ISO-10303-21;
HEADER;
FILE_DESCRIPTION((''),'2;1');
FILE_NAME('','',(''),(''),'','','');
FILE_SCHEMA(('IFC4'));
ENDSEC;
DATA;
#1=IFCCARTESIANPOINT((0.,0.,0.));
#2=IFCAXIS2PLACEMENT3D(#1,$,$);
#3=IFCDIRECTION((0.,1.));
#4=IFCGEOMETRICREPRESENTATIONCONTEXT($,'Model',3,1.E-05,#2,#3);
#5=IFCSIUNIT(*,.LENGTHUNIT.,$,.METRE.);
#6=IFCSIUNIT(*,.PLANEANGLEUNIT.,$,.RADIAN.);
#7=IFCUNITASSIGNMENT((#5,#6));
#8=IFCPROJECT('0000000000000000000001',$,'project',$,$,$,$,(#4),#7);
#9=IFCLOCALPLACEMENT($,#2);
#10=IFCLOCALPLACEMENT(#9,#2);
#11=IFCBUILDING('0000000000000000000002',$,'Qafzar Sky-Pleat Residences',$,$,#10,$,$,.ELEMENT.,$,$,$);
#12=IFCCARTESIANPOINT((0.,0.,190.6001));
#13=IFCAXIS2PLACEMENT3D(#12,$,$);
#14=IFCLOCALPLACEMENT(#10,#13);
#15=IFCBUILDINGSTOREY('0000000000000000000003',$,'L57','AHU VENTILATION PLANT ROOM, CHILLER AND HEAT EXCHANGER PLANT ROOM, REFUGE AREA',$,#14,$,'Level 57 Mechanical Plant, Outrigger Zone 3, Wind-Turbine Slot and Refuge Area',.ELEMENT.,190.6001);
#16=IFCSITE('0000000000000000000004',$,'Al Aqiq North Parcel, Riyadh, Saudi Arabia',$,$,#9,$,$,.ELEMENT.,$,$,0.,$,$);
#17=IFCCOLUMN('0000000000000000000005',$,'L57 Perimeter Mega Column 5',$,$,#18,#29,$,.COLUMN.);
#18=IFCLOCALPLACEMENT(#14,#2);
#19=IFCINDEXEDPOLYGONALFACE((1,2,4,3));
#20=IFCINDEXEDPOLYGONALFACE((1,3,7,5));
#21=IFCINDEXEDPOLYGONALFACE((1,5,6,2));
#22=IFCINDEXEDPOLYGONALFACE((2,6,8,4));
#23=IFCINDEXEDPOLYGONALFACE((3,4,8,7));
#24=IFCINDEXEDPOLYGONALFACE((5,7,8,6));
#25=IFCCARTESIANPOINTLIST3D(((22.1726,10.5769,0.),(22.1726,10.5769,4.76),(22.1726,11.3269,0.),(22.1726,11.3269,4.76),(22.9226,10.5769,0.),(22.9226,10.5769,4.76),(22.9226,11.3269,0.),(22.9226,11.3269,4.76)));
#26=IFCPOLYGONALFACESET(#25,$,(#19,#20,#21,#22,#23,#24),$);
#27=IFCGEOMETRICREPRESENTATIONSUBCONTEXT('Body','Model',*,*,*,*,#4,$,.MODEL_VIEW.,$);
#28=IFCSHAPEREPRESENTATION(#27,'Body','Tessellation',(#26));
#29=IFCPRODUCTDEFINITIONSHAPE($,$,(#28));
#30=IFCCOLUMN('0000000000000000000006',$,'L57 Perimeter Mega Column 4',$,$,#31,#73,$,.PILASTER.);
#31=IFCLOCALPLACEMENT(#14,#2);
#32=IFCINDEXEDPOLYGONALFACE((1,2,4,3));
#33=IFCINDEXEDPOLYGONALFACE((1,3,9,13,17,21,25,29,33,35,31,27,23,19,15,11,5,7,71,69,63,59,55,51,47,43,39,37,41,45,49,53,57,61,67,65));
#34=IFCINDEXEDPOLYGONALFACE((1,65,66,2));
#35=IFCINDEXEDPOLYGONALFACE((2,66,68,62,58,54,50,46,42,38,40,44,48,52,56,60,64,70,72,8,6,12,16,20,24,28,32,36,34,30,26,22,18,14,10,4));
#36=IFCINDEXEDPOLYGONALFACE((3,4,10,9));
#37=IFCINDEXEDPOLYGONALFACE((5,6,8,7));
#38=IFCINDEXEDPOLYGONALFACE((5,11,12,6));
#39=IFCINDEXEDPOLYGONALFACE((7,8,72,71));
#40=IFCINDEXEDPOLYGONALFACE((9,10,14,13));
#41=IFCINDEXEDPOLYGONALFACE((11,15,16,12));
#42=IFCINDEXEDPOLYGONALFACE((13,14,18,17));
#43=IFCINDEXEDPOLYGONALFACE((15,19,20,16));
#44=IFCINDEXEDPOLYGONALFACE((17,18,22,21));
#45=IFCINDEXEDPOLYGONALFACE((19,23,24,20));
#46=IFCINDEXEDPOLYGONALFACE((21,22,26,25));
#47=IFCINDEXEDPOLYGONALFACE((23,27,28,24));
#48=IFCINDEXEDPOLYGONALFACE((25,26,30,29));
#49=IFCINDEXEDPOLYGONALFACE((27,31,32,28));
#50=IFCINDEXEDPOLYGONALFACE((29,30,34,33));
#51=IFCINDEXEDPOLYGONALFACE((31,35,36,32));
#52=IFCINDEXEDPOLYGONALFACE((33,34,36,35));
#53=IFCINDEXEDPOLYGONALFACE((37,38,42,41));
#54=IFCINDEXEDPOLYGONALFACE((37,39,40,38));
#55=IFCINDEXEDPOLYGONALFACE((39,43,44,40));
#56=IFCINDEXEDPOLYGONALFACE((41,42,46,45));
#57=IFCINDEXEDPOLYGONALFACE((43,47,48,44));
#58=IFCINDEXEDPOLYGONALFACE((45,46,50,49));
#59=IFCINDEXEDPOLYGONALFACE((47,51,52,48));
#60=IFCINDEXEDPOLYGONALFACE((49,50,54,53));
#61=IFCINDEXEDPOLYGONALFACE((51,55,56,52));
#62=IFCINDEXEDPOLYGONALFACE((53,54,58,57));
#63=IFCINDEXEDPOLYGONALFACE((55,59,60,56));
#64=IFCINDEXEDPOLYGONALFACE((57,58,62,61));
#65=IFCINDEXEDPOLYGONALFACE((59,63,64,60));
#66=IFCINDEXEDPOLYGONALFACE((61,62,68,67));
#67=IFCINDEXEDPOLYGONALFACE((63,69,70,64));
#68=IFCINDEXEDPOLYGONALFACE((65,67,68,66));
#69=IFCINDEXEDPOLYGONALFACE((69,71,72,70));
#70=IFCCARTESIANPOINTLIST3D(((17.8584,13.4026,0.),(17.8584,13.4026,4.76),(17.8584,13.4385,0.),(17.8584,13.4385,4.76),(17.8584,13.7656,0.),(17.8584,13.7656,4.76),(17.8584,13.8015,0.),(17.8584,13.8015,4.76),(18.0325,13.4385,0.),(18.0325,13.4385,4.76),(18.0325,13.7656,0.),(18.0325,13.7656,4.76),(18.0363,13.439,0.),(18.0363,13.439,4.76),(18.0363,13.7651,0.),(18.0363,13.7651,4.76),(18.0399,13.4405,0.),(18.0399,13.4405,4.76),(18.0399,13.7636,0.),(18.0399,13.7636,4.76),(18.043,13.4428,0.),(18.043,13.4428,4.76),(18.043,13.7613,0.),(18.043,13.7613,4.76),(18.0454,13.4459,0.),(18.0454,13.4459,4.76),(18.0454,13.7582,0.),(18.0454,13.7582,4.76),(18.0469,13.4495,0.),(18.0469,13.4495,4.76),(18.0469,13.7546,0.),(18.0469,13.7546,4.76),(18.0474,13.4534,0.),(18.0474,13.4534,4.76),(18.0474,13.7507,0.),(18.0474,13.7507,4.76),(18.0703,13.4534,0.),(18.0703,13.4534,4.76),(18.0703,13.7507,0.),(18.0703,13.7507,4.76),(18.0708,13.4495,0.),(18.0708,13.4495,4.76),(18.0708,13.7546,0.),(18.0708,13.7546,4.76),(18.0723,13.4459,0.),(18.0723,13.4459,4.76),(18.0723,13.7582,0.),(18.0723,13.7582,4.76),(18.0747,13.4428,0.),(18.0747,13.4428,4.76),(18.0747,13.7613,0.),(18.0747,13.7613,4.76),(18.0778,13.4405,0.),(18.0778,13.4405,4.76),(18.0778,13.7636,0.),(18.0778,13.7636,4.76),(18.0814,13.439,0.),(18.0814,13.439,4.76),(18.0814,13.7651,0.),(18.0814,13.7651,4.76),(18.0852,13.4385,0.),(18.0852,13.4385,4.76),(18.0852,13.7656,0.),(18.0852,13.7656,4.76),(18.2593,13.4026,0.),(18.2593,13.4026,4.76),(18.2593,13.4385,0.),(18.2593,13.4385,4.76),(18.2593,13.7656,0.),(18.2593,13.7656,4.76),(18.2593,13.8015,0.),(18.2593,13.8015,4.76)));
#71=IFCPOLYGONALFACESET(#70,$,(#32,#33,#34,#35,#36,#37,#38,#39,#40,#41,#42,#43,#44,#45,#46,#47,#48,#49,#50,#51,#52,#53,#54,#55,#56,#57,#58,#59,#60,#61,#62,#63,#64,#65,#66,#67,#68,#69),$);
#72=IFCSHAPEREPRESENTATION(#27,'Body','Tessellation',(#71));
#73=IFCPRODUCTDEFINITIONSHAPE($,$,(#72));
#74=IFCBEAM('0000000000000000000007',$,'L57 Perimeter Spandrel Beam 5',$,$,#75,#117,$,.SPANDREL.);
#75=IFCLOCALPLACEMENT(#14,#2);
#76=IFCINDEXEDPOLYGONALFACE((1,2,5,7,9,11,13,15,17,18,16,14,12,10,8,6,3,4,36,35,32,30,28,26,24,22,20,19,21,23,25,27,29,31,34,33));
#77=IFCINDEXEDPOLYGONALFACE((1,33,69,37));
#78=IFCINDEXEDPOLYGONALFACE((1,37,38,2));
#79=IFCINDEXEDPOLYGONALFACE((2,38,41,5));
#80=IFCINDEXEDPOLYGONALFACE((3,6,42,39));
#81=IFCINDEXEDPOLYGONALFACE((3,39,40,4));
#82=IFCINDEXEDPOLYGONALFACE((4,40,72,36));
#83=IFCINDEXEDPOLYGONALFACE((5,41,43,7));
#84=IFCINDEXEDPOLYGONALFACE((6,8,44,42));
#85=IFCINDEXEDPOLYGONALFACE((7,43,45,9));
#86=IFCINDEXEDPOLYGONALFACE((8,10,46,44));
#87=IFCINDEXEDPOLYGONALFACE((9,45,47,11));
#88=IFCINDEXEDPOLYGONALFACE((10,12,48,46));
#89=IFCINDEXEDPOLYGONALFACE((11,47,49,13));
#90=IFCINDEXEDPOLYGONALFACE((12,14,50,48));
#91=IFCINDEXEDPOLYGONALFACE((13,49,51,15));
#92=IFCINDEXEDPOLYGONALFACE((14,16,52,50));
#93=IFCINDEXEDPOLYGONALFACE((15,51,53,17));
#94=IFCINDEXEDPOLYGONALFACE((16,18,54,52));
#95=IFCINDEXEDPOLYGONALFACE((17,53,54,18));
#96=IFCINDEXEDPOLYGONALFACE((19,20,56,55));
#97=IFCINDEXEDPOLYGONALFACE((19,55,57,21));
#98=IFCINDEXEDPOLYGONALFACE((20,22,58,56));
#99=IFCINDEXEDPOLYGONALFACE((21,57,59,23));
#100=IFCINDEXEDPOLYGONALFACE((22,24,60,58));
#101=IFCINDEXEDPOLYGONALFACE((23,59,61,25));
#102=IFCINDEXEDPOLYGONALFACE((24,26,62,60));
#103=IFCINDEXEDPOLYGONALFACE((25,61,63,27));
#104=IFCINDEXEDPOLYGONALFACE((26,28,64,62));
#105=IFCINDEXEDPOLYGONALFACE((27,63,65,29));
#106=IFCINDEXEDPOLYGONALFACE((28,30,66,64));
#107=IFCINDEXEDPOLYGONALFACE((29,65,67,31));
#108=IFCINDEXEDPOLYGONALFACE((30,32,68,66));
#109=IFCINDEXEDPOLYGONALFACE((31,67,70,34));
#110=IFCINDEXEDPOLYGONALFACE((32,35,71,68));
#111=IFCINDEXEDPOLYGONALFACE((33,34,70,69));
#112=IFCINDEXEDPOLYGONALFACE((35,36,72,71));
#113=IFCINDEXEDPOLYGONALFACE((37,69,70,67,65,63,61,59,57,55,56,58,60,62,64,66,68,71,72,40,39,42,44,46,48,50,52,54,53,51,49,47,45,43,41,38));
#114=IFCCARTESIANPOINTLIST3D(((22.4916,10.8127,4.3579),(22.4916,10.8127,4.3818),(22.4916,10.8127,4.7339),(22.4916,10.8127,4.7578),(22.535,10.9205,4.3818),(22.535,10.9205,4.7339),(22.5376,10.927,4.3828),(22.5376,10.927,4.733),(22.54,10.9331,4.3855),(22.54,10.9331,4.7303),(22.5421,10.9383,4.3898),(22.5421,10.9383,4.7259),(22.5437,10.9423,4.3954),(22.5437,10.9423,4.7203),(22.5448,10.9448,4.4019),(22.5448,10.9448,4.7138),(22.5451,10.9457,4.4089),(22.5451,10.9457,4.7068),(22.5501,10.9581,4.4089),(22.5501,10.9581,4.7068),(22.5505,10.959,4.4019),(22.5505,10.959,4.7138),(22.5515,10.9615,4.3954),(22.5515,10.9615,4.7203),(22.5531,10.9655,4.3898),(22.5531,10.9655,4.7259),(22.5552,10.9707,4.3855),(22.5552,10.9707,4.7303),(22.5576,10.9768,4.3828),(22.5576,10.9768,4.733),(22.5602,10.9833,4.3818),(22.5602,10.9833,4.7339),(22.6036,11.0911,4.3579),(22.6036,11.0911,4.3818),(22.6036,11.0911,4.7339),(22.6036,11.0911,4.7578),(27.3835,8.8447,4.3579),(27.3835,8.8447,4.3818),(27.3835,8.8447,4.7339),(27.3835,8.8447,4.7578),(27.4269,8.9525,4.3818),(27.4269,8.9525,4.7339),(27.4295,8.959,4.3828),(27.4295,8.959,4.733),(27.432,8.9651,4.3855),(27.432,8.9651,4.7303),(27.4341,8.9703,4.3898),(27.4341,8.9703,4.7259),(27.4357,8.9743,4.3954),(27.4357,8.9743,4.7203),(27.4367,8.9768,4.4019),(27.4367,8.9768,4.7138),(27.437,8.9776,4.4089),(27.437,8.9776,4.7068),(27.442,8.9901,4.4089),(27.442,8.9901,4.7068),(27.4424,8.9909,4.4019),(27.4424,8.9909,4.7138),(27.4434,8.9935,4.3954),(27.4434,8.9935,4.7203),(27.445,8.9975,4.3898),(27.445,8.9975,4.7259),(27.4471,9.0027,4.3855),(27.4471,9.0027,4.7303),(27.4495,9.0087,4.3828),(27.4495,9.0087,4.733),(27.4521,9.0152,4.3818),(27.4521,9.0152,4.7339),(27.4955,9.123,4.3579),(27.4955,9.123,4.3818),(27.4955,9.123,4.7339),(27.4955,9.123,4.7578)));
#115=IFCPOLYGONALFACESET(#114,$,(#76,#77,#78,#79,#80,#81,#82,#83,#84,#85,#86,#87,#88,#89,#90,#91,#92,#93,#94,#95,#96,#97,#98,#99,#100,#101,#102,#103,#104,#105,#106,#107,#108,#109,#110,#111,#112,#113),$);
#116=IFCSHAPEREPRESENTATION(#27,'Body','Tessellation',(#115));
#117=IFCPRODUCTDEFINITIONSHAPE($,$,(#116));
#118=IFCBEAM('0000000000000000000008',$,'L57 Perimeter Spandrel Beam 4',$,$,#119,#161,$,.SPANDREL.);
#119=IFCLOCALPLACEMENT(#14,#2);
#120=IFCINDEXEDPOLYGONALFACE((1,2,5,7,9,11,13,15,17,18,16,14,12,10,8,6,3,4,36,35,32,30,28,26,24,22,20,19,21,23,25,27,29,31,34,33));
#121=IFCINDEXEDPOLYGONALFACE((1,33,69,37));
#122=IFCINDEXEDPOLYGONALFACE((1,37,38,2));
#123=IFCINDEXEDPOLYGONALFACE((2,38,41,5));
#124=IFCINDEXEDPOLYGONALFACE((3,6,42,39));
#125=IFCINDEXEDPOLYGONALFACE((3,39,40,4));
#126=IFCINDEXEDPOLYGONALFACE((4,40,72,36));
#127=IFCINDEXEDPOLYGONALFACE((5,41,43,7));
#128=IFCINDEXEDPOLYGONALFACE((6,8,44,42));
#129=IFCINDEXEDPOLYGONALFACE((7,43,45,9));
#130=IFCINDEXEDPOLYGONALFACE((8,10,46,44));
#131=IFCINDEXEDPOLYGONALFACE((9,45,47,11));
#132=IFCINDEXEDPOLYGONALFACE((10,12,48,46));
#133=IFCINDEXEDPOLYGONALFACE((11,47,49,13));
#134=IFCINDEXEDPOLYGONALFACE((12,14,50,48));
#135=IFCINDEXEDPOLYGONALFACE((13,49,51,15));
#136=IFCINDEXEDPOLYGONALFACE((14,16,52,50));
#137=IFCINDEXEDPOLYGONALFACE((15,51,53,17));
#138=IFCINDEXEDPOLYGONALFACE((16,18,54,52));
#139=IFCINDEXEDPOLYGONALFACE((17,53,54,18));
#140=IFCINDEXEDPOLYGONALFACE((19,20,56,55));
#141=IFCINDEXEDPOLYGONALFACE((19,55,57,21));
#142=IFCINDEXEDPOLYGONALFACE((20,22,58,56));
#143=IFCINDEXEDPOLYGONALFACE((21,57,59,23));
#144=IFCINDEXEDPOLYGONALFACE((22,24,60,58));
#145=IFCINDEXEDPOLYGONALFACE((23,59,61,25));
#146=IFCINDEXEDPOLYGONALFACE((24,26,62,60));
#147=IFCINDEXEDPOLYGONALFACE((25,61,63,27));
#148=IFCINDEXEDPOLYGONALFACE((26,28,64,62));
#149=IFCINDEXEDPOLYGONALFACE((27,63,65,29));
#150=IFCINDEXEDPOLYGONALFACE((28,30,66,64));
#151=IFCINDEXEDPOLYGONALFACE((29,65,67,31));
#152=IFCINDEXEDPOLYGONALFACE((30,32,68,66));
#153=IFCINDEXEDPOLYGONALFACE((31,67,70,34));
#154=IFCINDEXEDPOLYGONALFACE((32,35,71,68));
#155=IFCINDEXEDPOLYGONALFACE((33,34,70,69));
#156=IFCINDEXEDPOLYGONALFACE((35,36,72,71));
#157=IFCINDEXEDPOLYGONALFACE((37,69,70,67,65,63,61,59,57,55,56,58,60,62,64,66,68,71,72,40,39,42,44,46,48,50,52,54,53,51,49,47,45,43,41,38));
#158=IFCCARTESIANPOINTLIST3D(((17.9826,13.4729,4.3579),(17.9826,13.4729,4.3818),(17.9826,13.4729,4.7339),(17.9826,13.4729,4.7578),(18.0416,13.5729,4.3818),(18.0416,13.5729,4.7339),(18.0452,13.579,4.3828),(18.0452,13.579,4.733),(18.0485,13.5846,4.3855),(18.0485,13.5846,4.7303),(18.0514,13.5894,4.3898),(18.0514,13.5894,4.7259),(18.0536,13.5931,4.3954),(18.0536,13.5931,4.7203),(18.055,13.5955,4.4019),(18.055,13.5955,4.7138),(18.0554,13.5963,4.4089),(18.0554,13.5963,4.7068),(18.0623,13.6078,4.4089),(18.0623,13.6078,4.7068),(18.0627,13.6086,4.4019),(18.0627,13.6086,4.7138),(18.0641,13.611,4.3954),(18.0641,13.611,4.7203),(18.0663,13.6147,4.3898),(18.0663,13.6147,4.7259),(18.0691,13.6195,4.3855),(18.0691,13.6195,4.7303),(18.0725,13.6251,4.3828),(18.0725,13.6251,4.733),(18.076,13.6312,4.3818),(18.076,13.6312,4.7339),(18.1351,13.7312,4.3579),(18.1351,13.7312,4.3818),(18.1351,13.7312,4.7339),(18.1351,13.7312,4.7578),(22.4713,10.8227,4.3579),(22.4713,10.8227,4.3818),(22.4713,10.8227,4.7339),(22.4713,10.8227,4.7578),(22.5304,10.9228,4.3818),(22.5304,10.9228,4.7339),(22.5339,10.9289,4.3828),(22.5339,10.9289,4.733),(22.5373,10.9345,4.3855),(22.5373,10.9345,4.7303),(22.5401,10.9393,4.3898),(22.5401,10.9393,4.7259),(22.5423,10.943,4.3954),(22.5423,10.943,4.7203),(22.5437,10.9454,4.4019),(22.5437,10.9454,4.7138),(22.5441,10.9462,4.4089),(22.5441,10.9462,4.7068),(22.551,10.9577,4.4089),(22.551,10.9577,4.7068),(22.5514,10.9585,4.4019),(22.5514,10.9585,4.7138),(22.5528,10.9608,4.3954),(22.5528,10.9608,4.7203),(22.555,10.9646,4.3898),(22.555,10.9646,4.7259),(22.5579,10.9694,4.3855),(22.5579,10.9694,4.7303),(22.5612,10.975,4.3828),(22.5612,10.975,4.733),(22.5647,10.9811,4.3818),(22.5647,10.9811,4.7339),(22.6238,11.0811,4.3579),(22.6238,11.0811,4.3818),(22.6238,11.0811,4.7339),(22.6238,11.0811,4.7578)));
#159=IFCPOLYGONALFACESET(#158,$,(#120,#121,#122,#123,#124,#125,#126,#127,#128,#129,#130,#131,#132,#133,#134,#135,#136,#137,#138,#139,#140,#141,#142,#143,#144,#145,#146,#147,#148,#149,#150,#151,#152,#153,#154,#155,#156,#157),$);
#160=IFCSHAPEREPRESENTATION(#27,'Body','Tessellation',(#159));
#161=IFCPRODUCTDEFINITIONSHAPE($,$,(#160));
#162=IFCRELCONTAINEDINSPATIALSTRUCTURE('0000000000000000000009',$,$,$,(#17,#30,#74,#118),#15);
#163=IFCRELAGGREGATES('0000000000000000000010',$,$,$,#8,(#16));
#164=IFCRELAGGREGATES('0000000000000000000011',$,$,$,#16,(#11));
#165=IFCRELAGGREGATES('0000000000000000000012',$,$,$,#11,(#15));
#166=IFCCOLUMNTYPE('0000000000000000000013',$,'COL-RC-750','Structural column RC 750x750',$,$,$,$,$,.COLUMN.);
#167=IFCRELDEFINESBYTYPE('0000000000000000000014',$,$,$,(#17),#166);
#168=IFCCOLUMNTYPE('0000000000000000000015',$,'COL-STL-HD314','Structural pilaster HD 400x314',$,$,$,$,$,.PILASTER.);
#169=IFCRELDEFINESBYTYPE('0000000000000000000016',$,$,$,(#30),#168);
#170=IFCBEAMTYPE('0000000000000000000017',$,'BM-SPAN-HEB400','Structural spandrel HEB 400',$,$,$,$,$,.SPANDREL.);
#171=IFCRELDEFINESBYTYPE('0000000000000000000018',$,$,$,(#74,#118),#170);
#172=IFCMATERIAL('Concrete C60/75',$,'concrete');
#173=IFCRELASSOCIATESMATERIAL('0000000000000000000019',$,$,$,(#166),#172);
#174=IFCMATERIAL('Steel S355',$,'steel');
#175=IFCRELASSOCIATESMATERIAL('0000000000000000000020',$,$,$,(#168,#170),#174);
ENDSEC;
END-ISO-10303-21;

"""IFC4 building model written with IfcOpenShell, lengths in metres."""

from ifc_helpers import new_model, si_unit, direction, frame, origin, origin_2d, place, context, subcontext, project, spatial, rectangle, i_section, extrude, source, transform, mapped, material, material_profile, profile_set, type_object, element, save


model = new_model("IFC4")

# Units and contexts
model_context = context("Model", 3, precision=1e-05, world=origin(), true_north=direction((0.0, 1.0)))
body_context = subcontext(model_context, "Body", "Model", "MODEL_VIEW")
ifc_project = project(units=[si_unit("LENGTHUNIT", "METRE"), si_unit("PLANEANGLEUNIT", "RADIAN")], contexts=[model_context])

# Site, building, storey
site_placement = place(None, origin())
site = spatial("IfcSite", under=ifc_project, at=site_placement, Name="Al Aqiq North Parcel, Riyadh, Saudi Arabia", CompositionType="ELEMENT", RefElevation=0.0)
building_placement = place(site_placement, origin())
building = spatial("IfcBuilding", under=site, at=building_placement, Name="Qafzar Sky-Pleat Residences", CompositionType="ELEMENT")
storey_placement = place(building_placement, frame((0.0, 0.0, 190.6001)))
storey = spatial("IfcBuildingStorey", under=building, at=storey_placement, Name="L57", Description="AHU VENTILATION PLANT ROOM, CHILLER AND HEAT EXCHANGER PLANT ROOM, REFUGE AREA", LongName="Level 57 Mechanical Plant, Outrigger Zone 3, Wind-Turbine Slot and Refuge Area", CompositionType="ELEMENT", Elevation=190.6001)

# Columns
ifc_material_1 = material(Name="Concrete C60/75", Category="concrete")
ifc_material_profile_1 = material_profile(ifc_material_1, rectangle(XDim=0.75, YDim=0.75, at=origin_2d()), Name="RC 750x750")
ifc_profile_set_1 = profile_set([ifc_material_profile_1], Name="Concrete C60/75")
column_type_1 = type_object("IfcColumnType", Name="COL-RC-750", Description="Structural column RC 750x750", PredefinedType="COLUMN", material=ifc_profile_set_1)
shared_shape_1 = source(origin(), body_context, "Body", "SweptSolid", [
    extrude(rectangle(XDim=0.75, YDim=0.75, at=origin_2d()), origin(), (0.0, 0.0, 1.0), 4.76),
])
column_1_placement = place(storey_placement, frame((22.5476, 10.9519, 0.0), z_axis=(0.0, 0.0, 1.0), x_axis=(1.0, 0.0, 0.0)))
element("IfcColumn", 1, at=column_1_placement, inside=storey, type_object=column_type_1, Name="L57 Perimeter Mega Column 5", PredefinedType="COLUMN", context=body_context, shape_type="MappedRepresentation", body=[
    mapped(shared_shape_1, transform((0.0, 0.0, 0.0), x_axis=(1.0, 0.0, 0.0), y_axis=(0.0, 1.0, 0.0), z_axis=(0.0, 0.0, 1.0), scale=1.0)),
])
ifc_material_2 = material(Name="Steel S355", Category="steel")
ifc_material_profile_2 = material_profile(ifc_material_2, i_section(OverallWidth=0.4009, OverallDepth=0.3989, WebThickness=0.0229, FlangeThickness=0.0359, FilletRadius=0.0149, at=origin_2d()), Name="HD 400x314")
ifc_profile_set_2 = profile_set([ifc_material_profile_2], Name="Steel S355")
column_type_2 = type_object("IfcColumnType", Name="COL-STL-HD314", Description="Structural pilaster HD 400x314", PredefinedType="PILASTER", material=ifc_profile_set_2)
shared_shape_2 = source(origin(), body_context, "Body", "SweptSolid", [
    extrude(i_section(OverallWidth=0.4009, OverallDepth=0.3989, WebThickness=0.0229, FlangeThickness=0.0359, FilletRadius=0.0149, at=origin_2d()), origin(), (0.0, 0.0, 1.0), 4.76),
])
column_2_placement = place(storey_placement, frame((18.0588, 13.6021, 0.0), z_axis=(0.0, 0.0, 1.0), x_axis=(1.0, 0.0, 0.0)))
element("IfcColumn", 2, at=column_2_placement, inside=storey, type_object=column_type_2, Name="L57 Perimeter Mega Column 4", PredefinedType="PILASTER", context=body_context, shape_type="MappedRepresentation", body=[
    mapped(shared_shape_2, transform((0.0, 0.0, 0.0), x_axis=(1.0, 0.0, 0.0), y_axis=(0.0, 1.0, 0.0), z_axis=(0.0, 0.0, 1.0), scale=1.0)),
])

# Beams
ifc_material_profile_3 = material_profile(ifc_material_2, i_section(OverallWidth=0.3, OverallDepth=0.3999, WebThickness=0.0134, FlangeThickness=0.0239, FilletRadius=0.0271, at=origin_2d()), Name="HEB 400")
ifc_profile_set_3 = profile_set([ifc_material_profile_3], Name="Steel S355")
beam_type_1 = type_object("IfcBeamType", Name="BM-SPAN-HEB400", Description="Structural spandrel HEB 400", PredefinedType="SPANDREL", material=ifc_profile_set_3)
shared_shape_3 = source(origin(), body_context, "Body", "SweptSolid", [
    extrude(i_section(OverallWidth=0.3, OverallDepth=0.3999, WebThickness=0.0134, FlangeThickness=0.0239, FilletRadius=0.0271, at=origin_2d()), origin(), (0.0, 0.0, 1.0), 5.2729),
])
beam_1_placement = place(storey_placement, frame((22.5476, 10.9519, 4.5579), z_axis=(0.927737, -0.373234, 0.0), x_axis=(0.373234, 0.927737, 0.0)))
element("IfcBeam", 3, at=beam_1_placement, inside=storey, type_object=beam_type_1, Name="L57 Perimeter Spandrel Beam 5", PredefinedType="SPANDREL", context=body_context, shape_type="MappedRepresentation", body=[
    mapped(shared_shape_3, transform((0.0, 0.0, 0.0), x_axis=(1.0, 0.0, 0.0), y_axis=(0.0, 1.0, 0.0), z_axis=(0.0, 0.0, 1.0), scale=1.0)),
])
shared_shape_4 = source(origin(), body_context, "Body", "SweptSolid", [
    extrude(i_section(OverallWidth=0.3, OverallDepth=0.3999, WebThickness=0.0134, FlangeThickness=0.0239, FilletRadius=0.0271, at=origin_2d()), origin(), (0.0, 0.0, 1.0), 5.2126),
])
beam_2_placement = place(storey_placement, frame((18.0588, 13.6021, 4.5579), z_axis=(0.86112, -0.508401, 0.0), x_axis=(0.508401, 0.86112, 0.0)))
element("IfcBeam", 4, at=beam_2_placement, inside=storey, type_object=beam_type_1, Name="L57 Perimeter Spandrel Beam 4", PredefinedType="SPANDREL", context=body_context, shape_type="MappedRepresentation", body=[
    mapped(shared_shape_4, transform((0.0, 0.0, 0.0), x_axis=(1.0, 0.0, 0.0), y_axis=(0.0, 1.0, 0.0), z_axis=(0.0, 0.0, 1.0), scale=1.0)),
])

save(model, "model.ifc")
